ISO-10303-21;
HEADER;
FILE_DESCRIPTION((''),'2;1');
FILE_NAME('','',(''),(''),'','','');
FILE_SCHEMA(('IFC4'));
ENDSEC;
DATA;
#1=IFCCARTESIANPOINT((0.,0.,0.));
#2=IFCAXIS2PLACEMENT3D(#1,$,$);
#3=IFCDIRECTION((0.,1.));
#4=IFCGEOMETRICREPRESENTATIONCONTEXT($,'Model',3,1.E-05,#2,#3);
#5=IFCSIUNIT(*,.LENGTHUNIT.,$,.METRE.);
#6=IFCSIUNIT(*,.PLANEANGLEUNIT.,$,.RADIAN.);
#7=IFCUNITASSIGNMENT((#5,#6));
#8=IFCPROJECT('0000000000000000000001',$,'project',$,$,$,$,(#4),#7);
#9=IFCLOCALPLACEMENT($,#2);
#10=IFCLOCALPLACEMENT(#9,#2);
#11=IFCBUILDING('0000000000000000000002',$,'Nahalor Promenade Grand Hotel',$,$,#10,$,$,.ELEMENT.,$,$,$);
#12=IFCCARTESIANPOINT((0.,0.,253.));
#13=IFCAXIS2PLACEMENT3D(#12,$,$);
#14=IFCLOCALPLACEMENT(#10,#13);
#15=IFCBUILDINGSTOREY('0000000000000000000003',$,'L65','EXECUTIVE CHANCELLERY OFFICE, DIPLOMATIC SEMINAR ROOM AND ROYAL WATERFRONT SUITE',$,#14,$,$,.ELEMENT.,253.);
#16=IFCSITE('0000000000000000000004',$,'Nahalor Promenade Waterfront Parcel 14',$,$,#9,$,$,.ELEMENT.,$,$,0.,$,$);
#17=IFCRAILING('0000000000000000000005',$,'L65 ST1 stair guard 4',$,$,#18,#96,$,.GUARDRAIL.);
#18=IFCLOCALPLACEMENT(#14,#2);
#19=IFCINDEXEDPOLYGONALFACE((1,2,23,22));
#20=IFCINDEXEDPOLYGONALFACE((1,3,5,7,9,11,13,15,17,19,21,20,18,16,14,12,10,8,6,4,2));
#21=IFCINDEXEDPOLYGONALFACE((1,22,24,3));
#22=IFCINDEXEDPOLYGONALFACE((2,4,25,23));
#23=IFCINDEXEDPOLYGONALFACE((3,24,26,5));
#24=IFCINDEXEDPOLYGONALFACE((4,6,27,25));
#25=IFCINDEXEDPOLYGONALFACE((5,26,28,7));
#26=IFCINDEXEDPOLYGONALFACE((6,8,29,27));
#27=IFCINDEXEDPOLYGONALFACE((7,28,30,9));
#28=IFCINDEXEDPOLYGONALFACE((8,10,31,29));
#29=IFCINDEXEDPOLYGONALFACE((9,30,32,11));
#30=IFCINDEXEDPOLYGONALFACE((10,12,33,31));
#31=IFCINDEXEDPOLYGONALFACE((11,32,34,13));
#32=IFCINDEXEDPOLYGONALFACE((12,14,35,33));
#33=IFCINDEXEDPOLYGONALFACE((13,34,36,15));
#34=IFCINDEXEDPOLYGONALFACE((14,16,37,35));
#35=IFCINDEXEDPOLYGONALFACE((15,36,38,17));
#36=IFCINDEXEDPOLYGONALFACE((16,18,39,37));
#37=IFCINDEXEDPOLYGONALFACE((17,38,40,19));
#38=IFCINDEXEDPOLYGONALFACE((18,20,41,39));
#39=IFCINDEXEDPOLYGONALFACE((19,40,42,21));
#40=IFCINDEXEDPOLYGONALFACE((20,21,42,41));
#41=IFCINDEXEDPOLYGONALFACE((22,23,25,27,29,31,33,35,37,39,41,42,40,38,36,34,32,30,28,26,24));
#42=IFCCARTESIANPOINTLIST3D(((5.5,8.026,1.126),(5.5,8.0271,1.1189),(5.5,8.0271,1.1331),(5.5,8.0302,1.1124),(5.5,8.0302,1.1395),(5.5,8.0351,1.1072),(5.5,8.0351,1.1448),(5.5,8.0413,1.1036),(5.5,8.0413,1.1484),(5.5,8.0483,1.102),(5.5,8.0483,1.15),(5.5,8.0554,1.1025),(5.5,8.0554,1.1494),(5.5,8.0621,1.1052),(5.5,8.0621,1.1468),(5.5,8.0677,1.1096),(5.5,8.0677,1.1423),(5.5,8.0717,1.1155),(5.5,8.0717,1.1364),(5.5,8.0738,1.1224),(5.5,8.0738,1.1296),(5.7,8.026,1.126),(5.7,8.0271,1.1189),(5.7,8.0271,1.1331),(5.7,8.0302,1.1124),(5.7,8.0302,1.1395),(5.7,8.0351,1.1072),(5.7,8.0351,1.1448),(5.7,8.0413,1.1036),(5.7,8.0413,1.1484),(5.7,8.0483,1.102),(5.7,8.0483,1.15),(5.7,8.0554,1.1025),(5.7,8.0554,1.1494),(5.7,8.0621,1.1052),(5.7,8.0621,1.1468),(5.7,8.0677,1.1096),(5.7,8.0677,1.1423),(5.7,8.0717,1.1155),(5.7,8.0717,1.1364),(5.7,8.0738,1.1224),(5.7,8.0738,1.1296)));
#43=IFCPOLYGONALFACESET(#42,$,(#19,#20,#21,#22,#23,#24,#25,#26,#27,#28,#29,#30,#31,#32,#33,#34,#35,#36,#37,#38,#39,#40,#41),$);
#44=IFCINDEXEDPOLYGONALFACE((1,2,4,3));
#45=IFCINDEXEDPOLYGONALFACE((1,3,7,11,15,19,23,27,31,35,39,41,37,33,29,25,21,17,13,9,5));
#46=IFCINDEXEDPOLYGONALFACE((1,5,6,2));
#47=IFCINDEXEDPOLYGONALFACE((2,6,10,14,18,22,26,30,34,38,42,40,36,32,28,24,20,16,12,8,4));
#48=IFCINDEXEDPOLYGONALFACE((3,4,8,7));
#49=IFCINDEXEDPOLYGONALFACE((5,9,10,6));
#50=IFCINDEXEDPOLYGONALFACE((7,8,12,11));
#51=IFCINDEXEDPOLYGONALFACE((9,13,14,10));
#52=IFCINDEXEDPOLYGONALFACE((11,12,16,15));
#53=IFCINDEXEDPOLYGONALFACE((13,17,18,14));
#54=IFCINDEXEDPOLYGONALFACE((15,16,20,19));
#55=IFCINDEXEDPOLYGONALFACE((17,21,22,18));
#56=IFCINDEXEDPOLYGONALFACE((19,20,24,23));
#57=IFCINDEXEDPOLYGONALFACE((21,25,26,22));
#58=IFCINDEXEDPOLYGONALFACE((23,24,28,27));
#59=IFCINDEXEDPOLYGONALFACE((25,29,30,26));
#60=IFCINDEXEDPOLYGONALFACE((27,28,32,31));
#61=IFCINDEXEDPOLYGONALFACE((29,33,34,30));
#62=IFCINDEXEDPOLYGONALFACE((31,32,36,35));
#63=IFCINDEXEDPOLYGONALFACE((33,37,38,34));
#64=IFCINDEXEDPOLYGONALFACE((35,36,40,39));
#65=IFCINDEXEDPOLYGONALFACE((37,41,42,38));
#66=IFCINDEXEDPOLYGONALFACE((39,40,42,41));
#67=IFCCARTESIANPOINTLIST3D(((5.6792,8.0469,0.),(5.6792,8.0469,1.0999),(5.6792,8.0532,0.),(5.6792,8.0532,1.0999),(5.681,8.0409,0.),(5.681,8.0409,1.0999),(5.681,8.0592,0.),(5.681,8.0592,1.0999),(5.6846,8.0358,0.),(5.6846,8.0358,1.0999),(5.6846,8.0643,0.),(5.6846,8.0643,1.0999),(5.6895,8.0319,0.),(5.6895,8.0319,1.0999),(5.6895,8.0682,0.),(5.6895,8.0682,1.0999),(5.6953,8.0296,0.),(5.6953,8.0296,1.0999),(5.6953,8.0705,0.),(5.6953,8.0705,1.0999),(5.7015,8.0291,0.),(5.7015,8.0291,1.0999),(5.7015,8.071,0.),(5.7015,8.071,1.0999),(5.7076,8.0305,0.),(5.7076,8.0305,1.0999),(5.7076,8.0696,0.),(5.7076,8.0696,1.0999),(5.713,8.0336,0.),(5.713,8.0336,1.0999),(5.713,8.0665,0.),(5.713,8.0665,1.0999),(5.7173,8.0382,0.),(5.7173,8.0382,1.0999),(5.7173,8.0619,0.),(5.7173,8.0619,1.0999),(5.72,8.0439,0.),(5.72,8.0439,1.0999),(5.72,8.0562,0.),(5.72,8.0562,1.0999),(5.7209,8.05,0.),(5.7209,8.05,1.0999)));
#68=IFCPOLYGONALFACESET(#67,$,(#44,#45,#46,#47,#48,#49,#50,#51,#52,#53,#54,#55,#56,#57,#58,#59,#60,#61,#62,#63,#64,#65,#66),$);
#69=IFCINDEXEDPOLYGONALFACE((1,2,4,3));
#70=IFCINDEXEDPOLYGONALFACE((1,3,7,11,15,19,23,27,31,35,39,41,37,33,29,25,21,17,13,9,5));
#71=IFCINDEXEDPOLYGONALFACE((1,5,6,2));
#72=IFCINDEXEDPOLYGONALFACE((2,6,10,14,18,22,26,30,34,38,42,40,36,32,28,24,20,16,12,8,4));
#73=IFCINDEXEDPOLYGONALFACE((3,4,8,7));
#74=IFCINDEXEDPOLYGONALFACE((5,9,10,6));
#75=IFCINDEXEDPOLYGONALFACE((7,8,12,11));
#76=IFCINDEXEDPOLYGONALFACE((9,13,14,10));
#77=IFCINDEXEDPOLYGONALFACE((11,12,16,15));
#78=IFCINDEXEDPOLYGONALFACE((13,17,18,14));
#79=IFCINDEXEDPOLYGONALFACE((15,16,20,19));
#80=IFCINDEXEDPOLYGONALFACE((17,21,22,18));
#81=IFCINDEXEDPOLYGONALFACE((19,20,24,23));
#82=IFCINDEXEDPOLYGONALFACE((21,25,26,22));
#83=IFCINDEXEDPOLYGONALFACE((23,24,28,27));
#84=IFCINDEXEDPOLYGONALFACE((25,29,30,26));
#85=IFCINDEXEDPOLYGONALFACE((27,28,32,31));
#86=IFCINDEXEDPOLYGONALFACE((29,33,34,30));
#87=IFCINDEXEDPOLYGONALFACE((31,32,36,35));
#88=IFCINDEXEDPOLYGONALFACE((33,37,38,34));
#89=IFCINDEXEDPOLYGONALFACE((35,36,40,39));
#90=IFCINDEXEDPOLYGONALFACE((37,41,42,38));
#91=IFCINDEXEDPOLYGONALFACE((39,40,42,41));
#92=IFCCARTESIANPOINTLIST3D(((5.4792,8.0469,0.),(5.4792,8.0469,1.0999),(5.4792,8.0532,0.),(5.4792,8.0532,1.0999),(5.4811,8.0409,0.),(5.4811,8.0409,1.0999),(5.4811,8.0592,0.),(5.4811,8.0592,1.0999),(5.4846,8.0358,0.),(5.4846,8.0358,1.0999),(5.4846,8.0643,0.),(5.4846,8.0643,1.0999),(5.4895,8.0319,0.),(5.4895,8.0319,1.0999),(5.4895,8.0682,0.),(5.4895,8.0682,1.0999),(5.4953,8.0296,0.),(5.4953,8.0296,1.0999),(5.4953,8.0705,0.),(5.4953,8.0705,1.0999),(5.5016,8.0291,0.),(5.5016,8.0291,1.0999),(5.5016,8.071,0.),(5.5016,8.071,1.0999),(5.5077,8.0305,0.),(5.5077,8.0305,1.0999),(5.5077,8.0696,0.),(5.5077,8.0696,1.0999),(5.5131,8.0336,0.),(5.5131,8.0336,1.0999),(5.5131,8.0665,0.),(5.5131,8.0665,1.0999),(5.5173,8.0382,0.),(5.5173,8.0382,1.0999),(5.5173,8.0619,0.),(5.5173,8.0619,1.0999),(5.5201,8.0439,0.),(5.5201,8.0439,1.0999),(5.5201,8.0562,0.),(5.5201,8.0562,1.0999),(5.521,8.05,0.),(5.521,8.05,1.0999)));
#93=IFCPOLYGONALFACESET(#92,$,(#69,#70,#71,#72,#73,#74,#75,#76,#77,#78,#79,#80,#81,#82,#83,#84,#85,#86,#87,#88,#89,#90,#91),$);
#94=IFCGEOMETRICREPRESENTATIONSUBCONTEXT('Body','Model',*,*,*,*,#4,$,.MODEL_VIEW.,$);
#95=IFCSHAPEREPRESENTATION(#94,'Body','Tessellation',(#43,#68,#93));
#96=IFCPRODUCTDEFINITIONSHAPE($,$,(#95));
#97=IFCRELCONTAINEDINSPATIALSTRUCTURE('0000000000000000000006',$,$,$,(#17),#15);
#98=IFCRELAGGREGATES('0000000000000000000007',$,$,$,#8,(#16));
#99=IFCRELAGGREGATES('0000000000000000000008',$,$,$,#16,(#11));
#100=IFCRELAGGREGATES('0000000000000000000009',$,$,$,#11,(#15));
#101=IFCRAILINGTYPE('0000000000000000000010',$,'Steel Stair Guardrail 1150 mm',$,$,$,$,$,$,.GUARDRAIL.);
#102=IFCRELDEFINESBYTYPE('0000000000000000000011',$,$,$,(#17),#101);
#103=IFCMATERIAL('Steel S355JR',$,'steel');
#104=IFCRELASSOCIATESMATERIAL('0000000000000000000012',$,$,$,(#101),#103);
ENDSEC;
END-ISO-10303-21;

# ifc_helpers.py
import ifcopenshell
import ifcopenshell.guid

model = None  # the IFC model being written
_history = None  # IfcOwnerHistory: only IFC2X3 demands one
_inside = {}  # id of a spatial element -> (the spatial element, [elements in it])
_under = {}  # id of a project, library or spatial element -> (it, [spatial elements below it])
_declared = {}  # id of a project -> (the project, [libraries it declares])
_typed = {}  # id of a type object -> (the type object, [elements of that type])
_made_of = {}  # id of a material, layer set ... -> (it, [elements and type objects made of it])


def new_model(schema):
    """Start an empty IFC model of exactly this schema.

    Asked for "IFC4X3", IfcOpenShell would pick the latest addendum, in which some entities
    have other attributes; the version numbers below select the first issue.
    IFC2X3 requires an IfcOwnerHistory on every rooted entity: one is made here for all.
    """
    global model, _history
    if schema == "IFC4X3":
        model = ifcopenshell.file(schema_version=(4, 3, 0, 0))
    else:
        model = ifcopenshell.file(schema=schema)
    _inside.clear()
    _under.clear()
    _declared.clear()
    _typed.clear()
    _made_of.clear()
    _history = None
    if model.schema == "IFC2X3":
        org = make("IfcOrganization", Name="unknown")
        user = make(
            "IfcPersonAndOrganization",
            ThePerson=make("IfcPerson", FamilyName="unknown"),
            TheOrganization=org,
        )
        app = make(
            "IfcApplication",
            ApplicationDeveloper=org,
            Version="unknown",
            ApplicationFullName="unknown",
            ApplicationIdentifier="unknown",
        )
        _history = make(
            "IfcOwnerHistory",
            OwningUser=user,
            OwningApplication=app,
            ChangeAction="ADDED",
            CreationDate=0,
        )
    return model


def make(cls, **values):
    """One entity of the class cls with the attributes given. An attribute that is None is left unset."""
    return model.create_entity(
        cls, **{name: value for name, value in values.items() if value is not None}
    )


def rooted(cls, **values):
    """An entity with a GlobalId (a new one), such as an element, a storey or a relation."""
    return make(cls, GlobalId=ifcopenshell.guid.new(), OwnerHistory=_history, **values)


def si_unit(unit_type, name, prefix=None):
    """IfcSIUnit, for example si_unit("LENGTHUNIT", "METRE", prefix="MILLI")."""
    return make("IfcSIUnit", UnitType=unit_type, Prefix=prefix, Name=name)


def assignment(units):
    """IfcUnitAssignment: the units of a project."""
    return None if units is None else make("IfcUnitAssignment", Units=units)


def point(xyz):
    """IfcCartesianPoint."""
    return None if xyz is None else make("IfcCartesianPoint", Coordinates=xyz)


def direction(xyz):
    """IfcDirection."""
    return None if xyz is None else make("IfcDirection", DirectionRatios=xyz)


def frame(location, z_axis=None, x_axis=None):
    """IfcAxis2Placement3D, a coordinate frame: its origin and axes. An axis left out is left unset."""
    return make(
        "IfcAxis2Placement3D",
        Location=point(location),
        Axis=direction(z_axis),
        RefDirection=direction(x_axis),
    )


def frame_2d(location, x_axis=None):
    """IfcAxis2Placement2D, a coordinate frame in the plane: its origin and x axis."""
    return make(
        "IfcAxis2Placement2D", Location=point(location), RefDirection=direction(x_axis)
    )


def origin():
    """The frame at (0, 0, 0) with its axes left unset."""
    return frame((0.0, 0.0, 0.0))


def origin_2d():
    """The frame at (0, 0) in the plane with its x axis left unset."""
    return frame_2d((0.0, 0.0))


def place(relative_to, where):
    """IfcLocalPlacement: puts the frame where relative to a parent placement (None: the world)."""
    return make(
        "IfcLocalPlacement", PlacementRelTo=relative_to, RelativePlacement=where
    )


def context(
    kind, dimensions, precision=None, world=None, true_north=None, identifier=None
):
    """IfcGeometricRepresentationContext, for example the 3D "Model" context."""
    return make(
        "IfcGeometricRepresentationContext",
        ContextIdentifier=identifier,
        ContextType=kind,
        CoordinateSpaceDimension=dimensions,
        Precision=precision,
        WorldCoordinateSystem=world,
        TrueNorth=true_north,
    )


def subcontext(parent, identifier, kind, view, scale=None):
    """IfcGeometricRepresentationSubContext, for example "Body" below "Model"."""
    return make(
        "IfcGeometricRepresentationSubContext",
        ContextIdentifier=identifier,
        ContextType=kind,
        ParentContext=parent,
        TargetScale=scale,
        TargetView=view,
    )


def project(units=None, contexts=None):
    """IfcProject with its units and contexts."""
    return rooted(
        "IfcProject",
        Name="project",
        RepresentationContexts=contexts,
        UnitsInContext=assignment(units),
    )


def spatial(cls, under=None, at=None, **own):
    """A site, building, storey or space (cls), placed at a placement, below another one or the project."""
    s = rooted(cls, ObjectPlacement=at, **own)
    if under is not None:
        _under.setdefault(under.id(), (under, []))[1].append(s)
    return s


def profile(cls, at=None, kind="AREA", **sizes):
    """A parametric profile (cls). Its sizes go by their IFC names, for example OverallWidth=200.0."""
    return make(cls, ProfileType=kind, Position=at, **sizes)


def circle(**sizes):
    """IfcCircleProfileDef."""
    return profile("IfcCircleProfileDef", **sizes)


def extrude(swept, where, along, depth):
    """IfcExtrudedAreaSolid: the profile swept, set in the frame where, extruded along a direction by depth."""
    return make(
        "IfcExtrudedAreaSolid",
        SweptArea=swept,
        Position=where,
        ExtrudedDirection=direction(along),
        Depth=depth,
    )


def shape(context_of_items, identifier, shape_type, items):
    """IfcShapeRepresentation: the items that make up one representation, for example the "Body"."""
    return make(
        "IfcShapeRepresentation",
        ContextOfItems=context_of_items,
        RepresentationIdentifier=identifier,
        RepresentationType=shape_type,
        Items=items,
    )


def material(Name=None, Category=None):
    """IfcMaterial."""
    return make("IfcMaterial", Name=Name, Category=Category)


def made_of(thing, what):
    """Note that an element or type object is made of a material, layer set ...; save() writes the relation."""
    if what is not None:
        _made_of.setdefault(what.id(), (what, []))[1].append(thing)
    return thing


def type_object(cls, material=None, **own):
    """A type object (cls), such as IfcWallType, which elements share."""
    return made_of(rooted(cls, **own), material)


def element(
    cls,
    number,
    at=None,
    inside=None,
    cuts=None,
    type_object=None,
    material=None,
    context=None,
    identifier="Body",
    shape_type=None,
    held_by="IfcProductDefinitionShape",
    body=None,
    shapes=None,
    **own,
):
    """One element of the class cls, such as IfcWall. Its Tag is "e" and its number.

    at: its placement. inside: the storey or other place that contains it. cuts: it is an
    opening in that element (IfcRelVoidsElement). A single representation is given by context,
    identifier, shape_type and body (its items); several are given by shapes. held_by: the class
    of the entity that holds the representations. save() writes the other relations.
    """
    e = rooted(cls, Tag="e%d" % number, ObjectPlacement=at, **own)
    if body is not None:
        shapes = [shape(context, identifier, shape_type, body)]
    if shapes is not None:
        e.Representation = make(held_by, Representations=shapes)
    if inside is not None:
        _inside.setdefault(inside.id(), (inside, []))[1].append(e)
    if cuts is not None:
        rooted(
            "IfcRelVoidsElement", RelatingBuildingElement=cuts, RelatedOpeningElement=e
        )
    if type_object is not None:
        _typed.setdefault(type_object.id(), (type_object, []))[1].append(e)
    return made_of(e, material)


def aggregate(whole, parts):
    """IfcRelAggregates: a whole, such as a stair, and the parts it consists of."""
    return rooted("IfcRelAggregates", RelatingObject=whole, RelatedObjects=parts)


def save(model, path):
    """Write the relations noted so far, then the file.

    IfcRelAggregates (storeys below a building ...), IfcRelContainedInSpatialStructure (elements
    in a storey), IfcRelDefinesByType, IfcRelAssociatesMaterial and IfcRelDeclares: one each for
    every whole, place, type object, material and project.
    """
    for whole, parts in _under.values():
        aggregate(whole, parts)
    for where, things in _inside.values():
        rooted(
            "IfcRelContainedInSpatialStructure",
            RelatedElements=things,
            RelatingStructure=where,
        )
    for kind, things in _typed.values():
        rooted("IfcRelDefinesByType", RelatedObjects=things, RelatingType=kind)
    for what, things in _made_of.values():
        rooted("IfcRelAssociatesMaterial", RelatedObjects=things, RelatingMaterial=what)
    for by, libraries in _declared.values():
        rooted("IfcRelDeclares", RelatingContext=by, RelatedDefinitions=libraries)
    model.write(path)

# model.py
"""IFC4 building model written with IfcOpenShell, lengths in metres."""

from ifc_helpers import new_model, si_unit, direction, frame, origin, origin_2d, place, context, subcontext, project, spatial, circle, extrude, material, type_object, element, save


model = new_model("IFC4")

# Units and contexts
model_context = context("Model", 3, precision=1e-05, world=origin(), true_north=direction((0.0, 1.0)))
body_context = subcontext(model_context, "Body", "Model", "MODEL_VIEW")
ifc_project = project(units=[si_unit("LENGTHUNIT", "METRE"), si_unit("PLANEANGLEUNIT", "RADIAN")], contexts=[model_context])

# Site, building, storey
site_placement = place(None, origin())
site = spatial("IfcSite", under=ifc_project, at=site_placement, Name="Nahalor Promenade Waterfront Parcel 14", CompositionType="ELEMENT", RefElevation=0.0)
building_placement = place(site_placement, origin())
building = spatial("IfcBuilding", under=site, at=building_placement, Name="Nahalor Promenade Grand Hotel", CompositionType="ELEMENT")
storey_placement = place(building_placement, frame((0.0, 0.0, 253.0)))
storey = spatial("IfcBuildingStorey", under=building, at=storey_placement, Name="L65", Description="EXECUTIVE CHANCELLERY OFFICE, DIPLOMATIC SEMINAR ROOM AND ROYAL WATERFRONT SUITE", CompositionType="ELEMENT", Elevation=253.0)

# Shared definitions
ifc_material_1 = material(Name="Steel S355JR", Category="steel")

# Railing
railing_type_1 = type_object("IfcRailingType", Name="Steel Stair Guardrail 1150 mm", PredefinedType="GUARDRAIL", material=ifc_material_1)
railing_1_placement = place(storey_placement, frame((5.7, 8.05, 0.0)))
element("IfcRailing", 1, at=railing_1_placement, inside=storey, type_object=railing_type_1, Name="L65 ST1 stair guard 4", PredefinedType="GUARDRAIL", context=body_context, shape_type="SweptSolid", body=[
    extrude(circle(Radius=0.024, at=origin_2d()), frame((0.0, 0.0, 1.126), z_axis=(-1.0, 0.0, 0.0), x_axis=(0.0, -1.0, 0.0)), (0.0, 0.0, 1.0), 0.2),
    extrude(circle(Radius=0.021, at=origin_2d()), origin(), (0.0, 0.0, 1.0), 1.0999),
    extrude(circle(Radius=0.021, at=origin_2d()), frame((-0.2, 0.0, 0.0)), (0.0, 0.0, 1.0), 1.0999),
])

save(model, "model.ifc")
